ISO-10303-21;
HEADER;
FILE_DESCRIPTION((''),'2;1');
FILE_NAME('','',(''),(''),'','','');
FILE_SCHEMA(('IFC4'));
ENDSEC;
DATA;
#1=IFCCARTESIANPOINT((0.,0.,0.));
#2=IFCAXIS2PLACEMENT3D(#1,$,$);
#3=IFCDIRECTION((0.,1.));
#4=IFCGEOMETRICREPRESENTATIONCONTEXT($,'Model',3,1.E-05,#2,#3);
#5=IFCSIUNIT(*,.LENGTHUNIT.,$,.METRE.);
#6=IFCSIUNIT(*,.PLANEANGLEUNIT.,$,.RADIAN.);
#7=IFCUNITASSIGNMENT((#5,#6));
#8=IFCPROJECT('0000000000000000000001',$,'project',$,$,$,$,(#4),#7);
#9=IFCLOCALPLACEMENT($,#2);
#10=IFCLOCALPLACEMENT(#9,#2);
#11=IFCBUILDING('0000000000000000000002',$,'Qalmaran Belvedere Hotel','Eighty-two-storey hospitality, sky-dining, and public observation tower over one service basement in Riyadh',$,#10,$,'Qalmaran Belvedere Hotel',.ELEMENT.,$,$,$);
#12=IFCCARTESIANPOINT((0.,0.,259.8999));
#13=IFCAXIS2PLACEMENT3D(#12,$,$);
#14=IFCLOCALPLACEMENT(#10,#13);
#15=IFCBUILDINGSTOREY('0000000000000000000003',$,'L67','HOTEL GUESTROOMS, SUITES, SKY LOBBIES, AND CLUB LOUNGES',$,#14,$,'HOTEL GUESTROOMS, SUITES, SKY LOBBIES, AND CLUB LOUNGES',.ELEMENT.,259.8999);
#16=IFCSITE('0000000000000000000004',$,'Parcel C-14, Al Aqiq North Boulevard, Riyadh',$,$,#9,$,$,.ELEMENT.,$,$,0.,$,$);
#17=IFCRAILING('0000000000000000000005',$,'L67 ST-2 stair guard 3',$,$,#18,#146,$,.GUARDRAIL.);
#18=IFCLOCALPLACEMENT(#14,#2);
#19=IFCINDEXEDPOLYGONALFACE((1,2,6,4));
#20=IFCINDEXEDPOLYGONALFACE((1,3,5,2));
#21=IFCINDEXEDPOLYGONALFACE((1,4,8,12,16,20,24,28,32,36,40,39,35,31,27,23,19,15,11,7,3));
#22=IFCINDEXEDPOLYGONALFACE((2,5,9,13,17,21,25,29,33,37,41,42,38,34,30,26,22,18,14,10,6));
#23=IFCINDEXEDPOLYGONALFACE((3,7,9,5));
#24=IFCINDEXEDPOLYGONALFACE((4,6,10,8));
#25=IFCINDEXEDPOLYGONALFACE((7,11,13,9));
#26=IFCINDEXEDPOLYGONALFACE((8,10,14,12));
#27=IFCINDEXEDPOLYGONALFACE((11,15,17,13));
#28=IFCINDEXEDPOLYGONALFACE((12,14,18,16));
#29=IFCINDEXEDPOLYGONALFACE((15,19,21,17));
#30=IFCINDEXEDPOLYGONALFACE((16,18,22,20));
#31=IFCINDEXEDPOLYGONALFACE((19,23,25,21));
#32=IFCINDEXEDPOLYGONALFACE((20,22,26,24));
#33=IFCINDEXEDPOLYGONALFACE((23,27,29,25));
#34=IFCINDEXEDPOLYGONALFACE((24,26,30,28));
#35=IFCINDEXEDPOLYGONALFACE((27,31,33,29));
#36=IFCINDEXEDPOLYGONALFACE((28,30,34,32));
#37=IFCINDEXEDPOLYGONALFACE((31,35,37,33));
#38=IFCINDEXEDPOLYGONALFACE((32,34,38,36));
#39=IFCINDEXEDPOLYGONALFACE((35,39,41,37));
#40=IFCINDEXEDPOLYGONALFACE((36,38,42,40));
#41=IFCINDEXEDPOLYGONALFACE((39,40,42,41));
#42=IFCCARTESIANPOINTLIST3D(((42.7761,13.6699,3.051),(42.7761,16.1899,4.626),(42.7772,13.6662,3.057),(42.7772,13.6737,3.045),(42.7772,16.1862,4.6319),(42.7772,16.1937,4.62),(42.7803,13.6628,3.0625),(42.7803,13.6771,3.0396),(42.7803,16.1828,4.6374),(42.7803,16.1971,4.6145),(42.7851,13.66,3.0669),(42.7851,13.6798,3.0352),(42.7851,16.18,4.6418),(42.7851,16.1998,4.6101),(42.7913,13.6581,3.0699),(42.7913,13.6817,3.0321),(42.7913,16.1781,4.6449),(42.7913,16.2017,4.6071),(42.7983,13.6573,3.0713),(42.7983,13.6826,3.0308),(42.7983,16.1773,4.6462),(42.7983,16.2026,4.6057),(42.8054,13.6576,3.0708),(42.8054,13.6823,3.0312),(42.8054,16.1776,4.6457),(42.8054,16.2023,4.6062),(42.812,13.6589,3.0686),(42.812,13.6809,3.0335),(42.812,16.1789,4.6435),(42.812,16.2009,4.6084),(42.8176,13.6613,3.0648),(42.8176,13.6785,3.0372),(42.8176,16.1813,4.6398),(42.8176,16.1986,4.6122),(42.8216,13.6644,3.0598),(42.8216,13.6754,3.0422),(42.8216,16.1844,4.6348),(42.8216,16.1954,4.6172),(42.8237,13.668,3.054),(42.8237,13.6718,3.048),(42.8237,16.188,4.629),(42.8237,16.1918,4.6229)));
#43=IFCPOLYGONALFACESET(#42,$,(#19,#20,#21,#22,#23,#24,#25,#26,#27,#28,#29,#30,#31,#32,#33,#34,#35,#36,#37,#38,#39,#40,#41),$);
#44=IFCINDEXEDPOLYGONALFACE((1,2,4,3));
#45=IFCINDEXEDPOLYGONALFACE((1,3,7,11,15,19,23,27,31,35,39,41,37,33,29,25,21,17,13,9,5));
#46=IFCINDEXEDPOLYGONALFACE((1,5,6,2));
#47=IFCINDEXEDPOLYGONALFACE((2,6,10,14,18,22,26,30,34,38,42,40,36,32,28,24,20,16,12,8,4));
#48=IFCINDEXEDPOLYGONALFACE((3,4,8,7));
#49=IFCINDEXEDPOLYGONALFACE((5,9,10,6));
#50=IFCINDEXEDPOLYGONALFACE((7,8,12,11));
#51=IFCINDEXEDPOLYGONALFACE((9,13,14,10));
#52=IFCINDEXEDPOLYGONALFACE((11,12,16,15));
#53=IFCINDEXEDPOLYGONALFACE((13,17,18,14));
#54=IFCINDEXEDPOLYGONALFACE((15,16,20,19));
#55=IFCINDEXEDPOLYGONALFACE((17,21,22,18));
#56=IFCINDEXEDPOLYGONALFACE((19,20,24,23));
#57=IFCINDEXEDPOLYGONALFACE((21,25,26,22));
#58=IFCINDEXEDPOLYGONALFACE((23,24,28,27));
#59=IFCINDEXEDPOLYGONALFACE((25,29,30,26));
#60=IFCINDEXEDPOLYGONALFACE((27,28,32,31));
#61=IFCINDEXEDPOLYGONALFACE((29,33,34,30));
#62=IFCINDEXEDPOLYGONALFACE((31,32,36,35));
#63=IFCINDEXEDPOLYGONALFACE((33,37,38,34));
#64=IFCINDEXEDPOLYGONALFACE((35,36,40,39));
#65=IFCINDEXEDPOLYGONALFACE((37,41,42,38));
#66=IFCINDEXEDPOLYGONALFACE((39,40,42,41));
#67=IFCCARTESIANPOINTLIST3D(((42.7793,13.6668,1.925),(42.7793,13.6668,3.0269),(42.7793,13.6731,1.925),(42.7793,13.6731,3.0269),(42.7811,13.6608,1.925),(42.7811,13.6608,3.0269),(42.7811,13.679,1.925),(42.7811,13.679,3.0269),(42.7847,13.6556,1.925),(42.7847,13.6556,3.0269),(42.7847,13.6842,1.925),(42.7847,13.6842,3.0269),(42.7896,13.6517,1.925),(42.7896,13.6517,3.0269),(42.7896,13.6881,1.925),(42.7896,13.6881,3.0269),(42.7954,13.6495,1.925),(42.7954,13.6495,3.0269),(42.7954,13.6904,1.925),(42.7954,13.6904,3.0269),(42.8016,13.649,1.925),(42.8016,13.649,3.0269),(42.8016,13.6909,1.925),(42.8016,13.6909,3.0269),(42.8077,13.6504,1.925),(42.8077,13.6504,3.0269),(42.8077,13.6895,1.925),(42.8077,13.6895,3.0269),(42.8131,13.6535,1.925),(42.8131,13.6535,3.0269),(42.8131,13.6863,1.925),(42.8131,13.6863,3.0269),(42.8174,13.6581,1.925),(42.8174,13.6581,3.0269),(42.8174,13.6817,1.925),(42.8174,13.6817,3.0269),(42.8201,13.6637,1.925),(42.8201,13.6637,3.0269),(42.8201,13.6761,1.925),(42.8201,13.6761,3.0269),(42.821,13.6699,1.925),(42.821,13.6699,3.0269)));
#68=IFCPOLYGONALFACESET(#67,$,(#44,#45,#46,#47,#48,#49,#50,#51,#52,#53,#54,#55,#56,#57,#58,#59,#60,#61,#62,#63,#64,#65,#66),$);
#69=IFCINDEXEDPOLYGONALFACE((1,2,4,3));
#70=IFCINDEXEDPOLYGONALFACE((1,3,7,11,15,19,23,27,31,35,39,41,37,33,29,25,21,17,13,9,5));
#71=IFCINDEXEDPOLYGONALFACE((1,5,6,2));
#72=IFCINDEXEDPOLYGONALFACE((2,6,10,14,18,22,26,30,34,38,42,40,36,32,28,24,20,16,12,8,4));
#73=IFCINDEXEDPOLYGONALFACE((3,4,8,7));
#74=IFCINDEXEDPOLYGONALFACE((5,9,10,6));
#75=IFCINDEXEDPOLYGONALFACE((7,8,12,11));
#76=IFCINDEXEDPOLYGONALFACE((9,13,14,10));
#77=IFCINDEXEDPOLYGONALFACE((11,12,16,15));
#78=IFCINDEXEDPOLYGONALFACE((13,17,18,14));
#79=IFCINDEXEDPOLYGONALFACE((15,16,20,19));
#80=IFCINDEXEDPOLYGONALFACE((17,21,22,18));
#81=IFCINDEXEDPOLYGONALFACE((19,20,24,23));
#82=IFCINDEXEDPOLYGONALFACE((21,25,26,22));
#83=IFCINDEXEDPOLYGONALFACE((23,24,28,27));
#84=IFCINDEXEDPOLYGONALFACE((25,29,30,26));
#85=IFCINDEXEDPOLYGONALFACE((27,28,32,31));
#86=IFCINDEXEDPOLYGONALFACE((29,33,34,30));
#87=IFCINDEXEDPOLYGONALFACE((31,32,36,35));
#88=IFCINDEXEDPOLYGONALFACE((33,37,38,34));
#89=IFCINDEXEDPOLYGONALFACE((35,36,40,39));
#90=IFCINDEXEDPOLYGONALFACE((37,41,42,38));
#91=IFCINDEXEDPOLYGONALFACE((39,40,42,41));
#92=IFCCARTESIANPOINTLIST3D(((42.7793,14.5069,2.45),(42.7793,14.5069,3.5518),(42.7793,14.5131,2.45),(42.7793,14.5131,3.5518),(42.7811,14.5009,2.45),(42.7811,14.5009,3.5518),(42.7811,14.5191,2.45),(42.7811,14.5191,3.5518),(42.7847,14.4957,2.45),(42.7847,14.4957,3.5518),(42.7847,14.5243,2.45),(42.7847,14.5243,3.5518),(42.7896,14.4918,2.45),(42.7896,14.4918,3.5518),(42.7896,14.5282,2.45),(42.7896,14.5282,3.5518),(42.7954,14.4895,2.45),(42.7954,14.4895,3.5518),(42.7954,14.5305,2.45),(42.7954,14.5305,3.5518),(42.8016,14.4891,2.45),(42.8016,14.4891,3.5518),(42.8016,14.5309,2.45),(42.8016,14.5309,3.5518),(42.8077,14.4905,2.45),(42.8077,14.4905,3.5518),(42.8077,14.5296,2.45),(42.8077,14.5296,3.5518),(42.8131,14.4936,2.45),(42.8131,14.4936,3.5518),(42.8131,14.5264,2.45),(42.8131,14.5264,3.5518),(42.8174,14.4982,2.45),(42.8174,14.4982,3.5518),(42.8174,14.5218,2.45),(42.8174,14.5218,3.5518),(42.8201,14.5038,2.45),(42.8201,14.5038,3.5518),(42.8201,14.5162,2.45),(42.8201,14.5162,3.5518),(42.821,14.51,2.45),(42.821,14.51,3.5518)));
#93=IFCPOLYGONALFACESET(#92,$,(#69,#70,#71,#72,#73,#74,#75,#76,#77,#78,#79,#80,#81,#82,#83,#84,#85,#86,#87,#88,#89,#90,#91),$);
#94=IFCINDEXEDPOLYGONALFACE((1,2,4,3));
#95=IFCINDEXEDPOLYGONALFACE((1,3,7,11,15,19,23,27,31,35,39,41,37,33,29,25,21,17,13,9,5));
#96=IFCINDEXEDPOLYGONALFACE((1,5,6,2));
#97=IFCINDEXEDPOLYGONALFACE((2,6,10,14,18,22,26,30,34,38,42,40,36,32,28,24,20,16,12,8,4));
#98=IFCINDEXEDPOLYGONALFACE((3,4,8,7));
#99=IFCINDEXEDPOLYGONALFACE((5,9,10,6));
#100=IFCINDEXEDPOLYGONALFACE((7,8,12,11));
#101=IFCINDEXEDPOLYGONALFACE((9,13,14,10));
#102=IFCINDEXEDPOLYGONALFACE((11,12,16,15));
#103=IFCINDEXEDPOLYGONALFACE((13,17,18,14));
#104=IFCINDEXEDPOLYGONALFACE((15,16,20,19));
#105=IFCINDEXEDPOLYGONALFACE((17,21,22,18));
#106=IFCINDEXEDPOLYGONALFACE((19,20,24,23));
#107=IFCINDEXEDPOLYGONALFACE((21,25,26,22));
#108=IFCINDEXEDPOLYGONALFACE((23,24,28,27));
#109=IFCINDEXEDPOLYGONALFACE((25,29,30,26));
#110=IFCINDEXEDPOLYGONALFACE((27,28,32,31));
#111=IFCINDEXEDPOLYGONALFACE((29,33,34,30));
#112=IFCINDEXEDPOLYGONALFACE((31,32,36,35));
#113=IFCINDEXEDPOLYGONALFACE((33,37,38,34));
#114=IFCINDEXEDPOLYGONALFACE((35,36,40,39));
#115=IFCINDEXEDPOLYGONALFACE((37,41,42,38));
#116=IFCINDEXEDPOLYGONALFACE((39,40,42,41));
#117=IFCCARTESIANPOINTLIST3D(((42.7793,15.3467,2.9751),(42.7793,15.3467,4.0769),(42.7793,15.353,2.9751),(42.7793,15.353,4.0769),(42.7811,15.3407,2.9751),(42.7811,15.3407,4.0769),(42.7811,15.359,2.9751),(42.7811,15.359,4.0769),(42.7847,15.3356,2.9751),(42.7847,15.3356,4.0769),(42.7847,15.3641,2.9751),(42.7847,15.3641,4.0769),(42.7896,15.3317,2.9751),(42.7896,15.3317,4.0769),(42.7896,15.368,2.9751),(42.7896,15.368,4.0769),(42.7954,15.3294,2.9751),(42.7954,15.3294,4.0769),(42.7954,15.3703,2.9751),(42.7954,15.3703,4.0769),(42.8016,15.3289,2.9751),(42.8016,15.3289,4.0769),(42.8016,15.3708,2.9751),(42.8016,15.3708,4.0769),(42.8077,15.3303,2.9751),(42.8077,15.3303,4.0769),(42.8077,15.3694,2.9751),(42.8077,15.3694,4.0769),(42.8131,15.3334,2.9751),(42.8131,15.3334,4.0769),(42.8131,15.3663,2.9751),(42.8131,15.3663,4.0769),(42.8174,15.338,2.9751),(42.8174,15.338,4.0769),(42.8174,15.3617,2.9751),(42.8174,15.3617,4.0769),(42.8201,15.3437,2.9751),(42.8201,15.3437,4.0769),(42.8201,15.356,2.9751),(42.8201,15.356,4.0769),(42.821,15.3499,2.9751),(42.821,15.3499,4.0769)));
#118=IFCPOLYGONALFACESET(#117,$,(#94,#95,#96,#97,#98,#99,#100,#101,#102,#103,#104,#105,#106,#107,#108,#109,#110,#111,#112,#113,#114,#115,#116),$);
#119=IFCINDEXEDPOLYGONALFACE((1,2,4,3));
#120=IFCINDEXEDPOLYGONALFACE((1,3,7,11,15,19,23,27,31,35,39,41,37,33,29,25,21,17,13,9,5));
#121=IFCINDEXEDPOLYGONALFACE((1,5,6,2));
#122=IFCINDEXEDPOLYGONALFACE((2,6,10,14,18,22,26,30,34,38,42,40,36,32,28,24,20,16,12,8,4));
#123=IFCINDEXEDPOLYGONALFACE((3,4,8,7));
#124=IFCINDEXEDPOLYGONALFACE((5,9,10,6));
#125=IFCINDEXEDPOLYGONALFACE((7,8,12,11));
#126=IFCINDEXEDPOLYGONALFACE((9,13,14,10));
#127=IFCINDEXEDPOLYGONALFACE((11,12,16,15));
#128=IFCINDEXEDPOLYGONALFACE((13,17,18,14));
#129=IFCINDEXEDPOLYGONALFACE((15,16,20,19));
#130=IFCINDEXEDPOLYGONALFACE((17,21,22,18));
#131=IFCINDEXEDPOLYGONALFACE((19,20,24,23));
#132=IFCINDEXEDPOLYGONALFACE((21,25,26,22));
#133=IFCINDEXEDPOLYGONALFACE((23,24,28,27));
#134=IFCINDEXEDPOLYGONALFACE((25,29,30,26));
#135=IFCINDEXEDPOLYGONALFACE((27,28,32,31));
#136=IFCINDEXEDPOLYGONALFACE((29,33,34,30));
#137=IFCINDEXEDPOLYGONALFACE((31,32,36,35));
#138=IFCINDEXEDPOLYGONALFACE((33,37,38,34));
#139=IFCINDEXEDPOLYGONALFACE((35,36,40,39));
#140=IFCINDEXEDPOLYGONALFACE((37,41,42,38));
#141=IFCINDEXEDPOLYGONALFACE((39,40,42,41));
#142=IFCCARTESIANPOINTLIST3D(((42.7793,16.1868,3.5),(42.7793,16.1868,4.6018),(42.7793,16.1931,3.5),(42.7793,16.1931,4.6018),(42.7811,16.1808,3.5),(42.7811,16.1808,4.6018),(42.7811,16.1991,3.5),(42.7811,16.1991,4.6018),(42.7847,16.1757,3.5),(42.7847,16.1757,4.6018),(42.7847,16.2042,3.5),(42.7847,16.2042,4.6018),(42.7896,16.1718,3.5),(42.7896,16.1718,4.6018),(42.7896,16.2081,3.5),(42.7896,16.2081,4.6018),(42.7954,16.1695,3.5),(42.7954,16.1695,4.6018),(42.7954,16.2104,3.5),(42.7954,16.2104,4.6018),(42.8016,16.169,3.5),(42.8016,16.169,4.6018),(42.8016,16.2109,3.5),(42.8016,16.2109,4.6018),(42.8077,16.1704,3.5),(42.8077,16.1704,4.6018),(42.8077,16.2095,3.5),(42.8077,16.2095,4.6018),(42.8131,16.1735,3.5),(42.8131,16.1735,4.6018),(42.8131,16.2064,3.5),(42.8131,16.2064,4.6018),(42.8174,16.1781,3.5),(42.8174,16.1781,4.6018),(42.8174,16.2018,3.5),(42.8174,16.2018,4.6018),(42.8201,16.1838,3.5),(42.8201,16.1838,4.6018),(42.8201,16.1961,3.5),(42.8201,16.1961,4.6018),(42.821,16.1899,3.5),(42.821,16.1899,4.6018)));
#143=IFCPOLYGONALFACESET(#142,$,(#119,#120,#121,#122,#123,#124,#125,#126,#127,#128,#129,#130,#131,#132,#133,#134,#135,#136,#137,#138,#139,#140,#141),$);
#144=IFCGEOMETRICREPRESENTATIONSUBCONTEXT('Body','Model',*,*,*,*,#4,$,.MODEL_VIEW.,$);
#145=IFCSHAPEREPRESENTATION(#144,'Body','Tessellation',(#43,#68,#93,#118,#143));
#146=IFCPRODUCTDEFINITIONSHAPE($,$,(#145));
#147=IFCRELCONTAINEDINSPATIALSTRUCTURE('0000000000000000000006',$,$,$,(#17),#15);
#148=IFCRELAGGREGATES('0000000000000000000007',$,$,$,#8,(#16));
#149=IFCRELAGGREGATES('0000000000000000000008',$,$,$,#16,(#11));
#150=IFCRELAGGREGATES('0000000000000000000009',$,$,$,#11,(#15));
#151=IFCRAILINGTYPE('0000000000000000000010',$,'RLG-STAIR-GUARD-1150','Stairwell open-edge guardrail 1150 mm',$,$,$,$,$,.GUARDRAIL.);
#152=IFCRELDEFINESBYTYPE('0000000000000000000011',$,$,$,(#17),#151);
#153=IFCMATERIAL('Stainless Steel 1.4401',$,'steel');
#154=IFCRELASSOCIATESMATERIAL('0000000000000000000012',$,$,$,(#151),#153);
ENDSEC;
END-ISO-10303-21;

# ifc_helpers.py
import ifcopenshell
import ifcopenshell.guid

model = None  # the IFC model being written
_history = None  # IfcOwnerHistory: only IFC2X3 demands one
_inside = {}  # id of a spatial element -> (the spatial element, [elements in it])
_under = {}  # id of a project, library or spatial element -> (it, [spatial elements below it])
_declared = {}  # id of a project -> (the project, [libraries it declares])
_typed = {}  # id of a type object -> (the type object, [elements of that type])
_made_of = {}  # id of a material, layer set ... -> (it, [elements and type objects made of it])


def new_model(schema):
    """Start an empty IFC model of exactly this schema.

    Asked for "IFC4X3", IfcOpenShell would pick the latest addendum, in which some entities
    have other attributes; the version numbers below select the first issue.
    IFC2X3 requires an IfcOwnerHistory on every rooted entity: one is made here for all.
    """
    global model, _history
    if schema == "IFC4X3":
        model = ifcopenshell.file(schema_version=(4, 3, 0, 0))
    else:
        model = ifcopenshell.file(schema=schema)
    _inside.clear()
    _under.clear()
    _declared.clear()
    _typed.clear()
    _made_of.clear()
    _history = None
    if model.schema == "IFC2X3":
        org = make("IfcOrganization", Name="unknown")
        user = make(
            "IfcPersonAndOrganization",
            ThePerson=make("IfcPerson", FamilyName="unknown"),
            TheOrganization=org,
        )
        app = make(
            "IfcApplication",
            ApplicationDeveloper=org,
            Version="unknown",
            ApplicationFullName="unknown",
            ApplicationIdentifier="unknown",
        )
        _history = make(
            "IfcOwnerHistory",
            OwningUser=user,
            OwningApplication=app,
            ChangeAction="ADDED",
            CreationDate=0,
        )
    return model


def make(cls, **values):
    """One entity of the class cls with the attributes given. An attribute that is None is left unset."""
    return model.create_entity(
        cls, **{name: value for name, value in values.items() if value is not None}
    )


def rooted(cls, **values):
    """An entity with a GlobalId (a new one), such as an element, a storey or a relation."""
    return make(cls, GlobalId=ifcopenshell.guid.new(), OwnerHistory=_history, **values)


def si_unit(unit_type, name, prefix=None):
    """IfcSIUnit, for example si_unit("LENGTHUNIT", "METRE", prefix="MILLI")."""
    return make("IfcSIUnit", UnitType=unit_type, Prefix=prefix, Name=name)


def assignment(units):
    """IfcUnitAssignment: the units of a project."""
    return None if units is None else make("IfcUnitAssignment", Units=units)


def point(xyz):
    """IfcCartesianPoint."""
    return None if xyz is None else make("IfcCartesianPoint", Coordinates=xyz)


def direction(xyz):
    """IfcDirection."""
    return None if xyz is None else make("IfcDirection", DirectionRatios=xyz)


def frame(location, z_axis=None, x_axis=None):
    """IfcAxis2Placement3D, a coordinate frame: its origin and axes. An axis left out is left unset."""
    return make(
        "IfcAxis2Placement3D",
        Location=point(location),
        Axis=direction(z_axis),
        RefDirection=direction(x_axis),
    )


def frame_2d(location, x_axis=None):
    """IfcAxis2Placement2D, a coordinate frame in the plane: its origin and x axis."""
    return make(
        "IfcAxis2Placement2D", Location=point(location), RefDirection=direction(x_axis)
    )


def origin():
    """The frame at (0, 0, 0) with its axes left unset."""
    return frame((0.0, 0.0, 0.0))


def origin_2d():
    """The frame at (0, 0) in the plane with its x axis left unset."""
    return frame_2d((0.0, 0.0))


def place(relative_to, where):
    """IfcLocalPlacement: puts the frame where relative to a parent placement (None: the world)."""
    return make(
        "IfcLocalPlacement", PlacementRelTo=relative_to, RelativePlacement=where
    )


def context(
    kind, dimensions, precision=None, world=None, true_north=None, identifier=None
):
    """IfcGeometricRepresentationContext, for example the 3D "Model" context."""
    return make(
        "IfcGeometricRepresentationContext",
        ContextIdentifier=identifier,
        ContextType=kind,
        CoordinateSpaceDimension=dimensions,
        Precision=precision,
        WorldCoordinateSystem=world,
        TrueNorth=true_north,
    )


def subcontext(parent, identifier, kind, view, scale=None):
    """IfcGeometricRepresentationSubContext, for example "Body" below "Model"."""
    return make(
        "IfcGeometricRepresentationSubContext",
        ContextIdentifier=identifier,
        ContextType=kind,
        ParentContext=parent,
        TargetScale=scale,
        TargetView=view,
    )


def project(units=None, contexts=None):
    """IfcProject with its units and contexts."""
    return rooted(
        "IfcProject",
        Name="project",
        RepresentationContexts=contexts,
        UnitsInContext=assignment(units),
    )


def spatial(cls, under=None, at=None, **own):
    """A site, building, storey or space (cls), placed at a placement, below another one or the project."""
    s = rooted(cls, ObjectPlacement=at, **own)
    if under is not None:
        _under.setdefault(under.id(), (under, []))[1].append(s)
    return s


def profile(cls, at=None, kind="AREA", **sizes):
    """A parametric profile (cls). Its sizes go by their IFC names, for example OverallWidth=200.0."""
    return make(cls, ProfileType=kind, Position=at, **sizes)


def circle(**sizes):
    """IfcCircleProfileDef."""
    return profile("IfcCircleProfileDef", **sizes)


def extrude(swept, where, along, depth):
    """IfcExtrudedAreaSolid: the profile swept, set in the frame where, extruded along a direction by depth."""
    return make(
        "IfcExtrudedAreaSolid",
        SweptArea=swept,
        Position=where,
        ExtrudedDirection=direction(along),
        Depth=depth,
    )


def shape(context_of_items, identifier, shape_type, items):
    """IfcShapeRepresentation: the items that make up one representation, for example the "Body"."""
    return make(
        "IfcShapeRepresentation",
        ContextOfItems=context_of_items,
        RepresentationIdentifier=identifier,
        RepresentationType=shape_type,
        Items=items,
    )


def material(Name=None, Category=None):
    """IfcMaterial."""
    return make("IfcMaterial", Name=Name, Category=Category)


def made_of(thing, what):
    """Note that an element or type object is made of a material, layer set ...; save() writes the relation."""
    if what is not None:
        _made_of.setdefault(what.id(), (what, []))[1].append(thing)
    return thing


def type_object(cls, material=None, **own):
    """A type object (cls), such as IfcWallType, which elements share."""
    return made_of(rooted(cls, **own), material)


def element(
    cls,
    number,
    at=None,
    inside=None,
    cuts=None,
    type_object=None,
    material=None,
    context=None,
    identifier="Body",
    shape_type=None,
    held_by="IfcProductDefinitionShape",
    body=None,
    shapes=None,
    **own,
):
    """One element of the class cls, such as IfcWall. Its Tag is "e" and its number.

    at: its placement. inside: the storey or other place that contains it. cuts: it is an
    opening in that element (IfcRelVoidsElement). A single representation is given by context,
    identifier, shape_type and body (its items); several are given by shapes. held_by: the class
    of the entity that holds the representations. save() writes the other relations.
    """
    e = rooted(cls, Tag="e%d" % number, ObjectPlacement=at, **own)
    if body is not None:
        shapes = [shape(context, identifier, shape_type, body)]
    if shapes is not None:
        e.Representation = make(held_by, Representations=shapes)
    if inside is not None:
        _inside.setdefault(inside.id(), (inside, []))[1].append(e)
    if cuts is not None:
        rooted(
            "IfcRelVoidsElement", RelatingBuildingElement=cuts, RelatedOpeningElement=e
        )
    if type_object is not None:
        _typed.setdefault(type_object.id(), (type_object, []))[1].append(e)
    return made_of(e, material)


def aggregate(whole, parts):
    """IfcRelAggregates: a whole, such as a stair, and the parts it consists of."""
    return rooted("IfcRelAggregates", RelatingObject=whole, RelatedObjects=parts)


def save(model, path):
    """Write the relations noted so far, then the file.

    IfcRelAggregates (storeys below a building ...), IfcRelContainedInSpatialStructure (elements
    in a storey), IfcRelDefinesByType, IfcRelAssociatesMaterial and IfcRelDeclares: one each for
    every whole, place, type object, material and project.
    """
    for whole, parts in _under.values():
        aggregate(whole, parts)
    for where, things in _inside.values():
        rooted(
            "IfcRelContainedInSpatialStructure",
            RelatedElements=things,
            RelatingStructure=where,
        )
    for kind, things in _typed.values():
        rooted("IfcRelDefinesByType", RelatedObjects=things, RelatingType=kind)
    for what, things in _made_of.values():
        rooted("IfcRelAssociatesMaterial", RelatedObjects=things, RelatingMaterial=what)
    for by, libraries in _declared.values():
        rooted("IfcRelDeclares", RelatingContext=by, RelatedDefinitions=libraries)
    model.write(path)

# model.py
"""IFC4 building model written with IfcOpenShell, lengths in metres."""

from ifc_helpers import new_model, si_unit, direction, frame, origin, origin_2d, place, context, subcontext, project, spatial, circle, extrude, material, type_object, element, save


model = new_model("IFC4")

# Units and contexts
model_context = context("Model", 3, precision=1e-05, world=origin(), true_north=direction((0.0, 1.0)))
body_context = subcontext(model_context, "Body", "Model", "MODEL_VIEW")
ifc_project = project(units=[si_unit("LENGTHUNIT", "METRE"), si_unit("PLANEANGLEUNIT", "RADIAN")], contexts=[model_context])

# Site, building, storey
site_placement = place(None, origin())
site = spatial("IfcSite", under=ifc_project, at=site_placement, Name="Parcel C-14, Al Aqiq North Boulevard, Riyadh", CompositionType="ELEMENT", RefElevation=0.0)
building_placement = place(site_placement, origin())
building = spatial("IfcBuilding", under=site, at=building_placement, Name="Qalmaran Belvedere Hotel", Description="Eighty-two-storey hospitality, sky-dining, and public observation tower over one service basement in Riyadh", LongName="Qalmaran Belvedere Hotel", CompositionType="ELEMENT")
storey_placement = place(building_placement, frame((0.0, 0.0, 259.8999)))
storey = spatial("IfcBuildingStorey", under=building, at=storey_placement, Name="L67", Description="HOTEL GUESTROOMS, SUITES, SKY LOBBIES, AND CLUB LOUNGES", LongName="HOTEL GUESTROOMS, SUITES, SKY LOBBIES, AND CLUB LOUNGES", CompositionType="ELEMENT", Elevation=259.8999)

# Railing
ifc_material_1 = material(Name="Stainless Steel 1.4401", Category="steel")
railing_type_1 = type_object("IfcRailingType", Name="RLG-STAIR-GUARD-1150", Description="Stairwell open-edge guardrail 1150 mm", PredefinedType="GUARDRAIL", material=ifc_material_1)
railing_1_placement = place(storey_placement, frame((42.8, 13.6699, 1.925)))
element("IfcRailing", 1, at=railing_1_placement, inside=storey, type_object=railing_type_1, Name="L67 ST-2 stair guard 3", PredefinedType="GUARDRAIL", context=body_context, shape_type="SweptSolid", body=[
    extrude(circle(Radius=0.0239, at=origin_2d()), frame((0.0, 0.0, 1.126), z_axis=(0.0, 0.848008, 0.529984), x_axis=(-1.0, 0.0, 0.0)), (0.0, 0.0, 1.0), 2.9717),
    extrude(circle(Radius=0.021, at=origin_2d()), origin(), (0.0, 0.0, 1.0), 1.1018),
    extrude(circle(Radius=0.021, at=origin_2d()), frame((0.0, 0.8401, 0.5249)), (0.0, 0.0, 1.0), 1.1018),
    extrude(circle(Radius=0.021, at=origin_2d()), frame((0.0, 1.6799, 1.05)), (0.0, 0.0, 1.0), 1.1018),
    extrude(circle(Radius=0.021, at=origin_2d()), frame((0.0, 2.52, 1.575)), (0.0, 0.0, 1.0), 1.1018),
])

save(model, "model.ifc")
